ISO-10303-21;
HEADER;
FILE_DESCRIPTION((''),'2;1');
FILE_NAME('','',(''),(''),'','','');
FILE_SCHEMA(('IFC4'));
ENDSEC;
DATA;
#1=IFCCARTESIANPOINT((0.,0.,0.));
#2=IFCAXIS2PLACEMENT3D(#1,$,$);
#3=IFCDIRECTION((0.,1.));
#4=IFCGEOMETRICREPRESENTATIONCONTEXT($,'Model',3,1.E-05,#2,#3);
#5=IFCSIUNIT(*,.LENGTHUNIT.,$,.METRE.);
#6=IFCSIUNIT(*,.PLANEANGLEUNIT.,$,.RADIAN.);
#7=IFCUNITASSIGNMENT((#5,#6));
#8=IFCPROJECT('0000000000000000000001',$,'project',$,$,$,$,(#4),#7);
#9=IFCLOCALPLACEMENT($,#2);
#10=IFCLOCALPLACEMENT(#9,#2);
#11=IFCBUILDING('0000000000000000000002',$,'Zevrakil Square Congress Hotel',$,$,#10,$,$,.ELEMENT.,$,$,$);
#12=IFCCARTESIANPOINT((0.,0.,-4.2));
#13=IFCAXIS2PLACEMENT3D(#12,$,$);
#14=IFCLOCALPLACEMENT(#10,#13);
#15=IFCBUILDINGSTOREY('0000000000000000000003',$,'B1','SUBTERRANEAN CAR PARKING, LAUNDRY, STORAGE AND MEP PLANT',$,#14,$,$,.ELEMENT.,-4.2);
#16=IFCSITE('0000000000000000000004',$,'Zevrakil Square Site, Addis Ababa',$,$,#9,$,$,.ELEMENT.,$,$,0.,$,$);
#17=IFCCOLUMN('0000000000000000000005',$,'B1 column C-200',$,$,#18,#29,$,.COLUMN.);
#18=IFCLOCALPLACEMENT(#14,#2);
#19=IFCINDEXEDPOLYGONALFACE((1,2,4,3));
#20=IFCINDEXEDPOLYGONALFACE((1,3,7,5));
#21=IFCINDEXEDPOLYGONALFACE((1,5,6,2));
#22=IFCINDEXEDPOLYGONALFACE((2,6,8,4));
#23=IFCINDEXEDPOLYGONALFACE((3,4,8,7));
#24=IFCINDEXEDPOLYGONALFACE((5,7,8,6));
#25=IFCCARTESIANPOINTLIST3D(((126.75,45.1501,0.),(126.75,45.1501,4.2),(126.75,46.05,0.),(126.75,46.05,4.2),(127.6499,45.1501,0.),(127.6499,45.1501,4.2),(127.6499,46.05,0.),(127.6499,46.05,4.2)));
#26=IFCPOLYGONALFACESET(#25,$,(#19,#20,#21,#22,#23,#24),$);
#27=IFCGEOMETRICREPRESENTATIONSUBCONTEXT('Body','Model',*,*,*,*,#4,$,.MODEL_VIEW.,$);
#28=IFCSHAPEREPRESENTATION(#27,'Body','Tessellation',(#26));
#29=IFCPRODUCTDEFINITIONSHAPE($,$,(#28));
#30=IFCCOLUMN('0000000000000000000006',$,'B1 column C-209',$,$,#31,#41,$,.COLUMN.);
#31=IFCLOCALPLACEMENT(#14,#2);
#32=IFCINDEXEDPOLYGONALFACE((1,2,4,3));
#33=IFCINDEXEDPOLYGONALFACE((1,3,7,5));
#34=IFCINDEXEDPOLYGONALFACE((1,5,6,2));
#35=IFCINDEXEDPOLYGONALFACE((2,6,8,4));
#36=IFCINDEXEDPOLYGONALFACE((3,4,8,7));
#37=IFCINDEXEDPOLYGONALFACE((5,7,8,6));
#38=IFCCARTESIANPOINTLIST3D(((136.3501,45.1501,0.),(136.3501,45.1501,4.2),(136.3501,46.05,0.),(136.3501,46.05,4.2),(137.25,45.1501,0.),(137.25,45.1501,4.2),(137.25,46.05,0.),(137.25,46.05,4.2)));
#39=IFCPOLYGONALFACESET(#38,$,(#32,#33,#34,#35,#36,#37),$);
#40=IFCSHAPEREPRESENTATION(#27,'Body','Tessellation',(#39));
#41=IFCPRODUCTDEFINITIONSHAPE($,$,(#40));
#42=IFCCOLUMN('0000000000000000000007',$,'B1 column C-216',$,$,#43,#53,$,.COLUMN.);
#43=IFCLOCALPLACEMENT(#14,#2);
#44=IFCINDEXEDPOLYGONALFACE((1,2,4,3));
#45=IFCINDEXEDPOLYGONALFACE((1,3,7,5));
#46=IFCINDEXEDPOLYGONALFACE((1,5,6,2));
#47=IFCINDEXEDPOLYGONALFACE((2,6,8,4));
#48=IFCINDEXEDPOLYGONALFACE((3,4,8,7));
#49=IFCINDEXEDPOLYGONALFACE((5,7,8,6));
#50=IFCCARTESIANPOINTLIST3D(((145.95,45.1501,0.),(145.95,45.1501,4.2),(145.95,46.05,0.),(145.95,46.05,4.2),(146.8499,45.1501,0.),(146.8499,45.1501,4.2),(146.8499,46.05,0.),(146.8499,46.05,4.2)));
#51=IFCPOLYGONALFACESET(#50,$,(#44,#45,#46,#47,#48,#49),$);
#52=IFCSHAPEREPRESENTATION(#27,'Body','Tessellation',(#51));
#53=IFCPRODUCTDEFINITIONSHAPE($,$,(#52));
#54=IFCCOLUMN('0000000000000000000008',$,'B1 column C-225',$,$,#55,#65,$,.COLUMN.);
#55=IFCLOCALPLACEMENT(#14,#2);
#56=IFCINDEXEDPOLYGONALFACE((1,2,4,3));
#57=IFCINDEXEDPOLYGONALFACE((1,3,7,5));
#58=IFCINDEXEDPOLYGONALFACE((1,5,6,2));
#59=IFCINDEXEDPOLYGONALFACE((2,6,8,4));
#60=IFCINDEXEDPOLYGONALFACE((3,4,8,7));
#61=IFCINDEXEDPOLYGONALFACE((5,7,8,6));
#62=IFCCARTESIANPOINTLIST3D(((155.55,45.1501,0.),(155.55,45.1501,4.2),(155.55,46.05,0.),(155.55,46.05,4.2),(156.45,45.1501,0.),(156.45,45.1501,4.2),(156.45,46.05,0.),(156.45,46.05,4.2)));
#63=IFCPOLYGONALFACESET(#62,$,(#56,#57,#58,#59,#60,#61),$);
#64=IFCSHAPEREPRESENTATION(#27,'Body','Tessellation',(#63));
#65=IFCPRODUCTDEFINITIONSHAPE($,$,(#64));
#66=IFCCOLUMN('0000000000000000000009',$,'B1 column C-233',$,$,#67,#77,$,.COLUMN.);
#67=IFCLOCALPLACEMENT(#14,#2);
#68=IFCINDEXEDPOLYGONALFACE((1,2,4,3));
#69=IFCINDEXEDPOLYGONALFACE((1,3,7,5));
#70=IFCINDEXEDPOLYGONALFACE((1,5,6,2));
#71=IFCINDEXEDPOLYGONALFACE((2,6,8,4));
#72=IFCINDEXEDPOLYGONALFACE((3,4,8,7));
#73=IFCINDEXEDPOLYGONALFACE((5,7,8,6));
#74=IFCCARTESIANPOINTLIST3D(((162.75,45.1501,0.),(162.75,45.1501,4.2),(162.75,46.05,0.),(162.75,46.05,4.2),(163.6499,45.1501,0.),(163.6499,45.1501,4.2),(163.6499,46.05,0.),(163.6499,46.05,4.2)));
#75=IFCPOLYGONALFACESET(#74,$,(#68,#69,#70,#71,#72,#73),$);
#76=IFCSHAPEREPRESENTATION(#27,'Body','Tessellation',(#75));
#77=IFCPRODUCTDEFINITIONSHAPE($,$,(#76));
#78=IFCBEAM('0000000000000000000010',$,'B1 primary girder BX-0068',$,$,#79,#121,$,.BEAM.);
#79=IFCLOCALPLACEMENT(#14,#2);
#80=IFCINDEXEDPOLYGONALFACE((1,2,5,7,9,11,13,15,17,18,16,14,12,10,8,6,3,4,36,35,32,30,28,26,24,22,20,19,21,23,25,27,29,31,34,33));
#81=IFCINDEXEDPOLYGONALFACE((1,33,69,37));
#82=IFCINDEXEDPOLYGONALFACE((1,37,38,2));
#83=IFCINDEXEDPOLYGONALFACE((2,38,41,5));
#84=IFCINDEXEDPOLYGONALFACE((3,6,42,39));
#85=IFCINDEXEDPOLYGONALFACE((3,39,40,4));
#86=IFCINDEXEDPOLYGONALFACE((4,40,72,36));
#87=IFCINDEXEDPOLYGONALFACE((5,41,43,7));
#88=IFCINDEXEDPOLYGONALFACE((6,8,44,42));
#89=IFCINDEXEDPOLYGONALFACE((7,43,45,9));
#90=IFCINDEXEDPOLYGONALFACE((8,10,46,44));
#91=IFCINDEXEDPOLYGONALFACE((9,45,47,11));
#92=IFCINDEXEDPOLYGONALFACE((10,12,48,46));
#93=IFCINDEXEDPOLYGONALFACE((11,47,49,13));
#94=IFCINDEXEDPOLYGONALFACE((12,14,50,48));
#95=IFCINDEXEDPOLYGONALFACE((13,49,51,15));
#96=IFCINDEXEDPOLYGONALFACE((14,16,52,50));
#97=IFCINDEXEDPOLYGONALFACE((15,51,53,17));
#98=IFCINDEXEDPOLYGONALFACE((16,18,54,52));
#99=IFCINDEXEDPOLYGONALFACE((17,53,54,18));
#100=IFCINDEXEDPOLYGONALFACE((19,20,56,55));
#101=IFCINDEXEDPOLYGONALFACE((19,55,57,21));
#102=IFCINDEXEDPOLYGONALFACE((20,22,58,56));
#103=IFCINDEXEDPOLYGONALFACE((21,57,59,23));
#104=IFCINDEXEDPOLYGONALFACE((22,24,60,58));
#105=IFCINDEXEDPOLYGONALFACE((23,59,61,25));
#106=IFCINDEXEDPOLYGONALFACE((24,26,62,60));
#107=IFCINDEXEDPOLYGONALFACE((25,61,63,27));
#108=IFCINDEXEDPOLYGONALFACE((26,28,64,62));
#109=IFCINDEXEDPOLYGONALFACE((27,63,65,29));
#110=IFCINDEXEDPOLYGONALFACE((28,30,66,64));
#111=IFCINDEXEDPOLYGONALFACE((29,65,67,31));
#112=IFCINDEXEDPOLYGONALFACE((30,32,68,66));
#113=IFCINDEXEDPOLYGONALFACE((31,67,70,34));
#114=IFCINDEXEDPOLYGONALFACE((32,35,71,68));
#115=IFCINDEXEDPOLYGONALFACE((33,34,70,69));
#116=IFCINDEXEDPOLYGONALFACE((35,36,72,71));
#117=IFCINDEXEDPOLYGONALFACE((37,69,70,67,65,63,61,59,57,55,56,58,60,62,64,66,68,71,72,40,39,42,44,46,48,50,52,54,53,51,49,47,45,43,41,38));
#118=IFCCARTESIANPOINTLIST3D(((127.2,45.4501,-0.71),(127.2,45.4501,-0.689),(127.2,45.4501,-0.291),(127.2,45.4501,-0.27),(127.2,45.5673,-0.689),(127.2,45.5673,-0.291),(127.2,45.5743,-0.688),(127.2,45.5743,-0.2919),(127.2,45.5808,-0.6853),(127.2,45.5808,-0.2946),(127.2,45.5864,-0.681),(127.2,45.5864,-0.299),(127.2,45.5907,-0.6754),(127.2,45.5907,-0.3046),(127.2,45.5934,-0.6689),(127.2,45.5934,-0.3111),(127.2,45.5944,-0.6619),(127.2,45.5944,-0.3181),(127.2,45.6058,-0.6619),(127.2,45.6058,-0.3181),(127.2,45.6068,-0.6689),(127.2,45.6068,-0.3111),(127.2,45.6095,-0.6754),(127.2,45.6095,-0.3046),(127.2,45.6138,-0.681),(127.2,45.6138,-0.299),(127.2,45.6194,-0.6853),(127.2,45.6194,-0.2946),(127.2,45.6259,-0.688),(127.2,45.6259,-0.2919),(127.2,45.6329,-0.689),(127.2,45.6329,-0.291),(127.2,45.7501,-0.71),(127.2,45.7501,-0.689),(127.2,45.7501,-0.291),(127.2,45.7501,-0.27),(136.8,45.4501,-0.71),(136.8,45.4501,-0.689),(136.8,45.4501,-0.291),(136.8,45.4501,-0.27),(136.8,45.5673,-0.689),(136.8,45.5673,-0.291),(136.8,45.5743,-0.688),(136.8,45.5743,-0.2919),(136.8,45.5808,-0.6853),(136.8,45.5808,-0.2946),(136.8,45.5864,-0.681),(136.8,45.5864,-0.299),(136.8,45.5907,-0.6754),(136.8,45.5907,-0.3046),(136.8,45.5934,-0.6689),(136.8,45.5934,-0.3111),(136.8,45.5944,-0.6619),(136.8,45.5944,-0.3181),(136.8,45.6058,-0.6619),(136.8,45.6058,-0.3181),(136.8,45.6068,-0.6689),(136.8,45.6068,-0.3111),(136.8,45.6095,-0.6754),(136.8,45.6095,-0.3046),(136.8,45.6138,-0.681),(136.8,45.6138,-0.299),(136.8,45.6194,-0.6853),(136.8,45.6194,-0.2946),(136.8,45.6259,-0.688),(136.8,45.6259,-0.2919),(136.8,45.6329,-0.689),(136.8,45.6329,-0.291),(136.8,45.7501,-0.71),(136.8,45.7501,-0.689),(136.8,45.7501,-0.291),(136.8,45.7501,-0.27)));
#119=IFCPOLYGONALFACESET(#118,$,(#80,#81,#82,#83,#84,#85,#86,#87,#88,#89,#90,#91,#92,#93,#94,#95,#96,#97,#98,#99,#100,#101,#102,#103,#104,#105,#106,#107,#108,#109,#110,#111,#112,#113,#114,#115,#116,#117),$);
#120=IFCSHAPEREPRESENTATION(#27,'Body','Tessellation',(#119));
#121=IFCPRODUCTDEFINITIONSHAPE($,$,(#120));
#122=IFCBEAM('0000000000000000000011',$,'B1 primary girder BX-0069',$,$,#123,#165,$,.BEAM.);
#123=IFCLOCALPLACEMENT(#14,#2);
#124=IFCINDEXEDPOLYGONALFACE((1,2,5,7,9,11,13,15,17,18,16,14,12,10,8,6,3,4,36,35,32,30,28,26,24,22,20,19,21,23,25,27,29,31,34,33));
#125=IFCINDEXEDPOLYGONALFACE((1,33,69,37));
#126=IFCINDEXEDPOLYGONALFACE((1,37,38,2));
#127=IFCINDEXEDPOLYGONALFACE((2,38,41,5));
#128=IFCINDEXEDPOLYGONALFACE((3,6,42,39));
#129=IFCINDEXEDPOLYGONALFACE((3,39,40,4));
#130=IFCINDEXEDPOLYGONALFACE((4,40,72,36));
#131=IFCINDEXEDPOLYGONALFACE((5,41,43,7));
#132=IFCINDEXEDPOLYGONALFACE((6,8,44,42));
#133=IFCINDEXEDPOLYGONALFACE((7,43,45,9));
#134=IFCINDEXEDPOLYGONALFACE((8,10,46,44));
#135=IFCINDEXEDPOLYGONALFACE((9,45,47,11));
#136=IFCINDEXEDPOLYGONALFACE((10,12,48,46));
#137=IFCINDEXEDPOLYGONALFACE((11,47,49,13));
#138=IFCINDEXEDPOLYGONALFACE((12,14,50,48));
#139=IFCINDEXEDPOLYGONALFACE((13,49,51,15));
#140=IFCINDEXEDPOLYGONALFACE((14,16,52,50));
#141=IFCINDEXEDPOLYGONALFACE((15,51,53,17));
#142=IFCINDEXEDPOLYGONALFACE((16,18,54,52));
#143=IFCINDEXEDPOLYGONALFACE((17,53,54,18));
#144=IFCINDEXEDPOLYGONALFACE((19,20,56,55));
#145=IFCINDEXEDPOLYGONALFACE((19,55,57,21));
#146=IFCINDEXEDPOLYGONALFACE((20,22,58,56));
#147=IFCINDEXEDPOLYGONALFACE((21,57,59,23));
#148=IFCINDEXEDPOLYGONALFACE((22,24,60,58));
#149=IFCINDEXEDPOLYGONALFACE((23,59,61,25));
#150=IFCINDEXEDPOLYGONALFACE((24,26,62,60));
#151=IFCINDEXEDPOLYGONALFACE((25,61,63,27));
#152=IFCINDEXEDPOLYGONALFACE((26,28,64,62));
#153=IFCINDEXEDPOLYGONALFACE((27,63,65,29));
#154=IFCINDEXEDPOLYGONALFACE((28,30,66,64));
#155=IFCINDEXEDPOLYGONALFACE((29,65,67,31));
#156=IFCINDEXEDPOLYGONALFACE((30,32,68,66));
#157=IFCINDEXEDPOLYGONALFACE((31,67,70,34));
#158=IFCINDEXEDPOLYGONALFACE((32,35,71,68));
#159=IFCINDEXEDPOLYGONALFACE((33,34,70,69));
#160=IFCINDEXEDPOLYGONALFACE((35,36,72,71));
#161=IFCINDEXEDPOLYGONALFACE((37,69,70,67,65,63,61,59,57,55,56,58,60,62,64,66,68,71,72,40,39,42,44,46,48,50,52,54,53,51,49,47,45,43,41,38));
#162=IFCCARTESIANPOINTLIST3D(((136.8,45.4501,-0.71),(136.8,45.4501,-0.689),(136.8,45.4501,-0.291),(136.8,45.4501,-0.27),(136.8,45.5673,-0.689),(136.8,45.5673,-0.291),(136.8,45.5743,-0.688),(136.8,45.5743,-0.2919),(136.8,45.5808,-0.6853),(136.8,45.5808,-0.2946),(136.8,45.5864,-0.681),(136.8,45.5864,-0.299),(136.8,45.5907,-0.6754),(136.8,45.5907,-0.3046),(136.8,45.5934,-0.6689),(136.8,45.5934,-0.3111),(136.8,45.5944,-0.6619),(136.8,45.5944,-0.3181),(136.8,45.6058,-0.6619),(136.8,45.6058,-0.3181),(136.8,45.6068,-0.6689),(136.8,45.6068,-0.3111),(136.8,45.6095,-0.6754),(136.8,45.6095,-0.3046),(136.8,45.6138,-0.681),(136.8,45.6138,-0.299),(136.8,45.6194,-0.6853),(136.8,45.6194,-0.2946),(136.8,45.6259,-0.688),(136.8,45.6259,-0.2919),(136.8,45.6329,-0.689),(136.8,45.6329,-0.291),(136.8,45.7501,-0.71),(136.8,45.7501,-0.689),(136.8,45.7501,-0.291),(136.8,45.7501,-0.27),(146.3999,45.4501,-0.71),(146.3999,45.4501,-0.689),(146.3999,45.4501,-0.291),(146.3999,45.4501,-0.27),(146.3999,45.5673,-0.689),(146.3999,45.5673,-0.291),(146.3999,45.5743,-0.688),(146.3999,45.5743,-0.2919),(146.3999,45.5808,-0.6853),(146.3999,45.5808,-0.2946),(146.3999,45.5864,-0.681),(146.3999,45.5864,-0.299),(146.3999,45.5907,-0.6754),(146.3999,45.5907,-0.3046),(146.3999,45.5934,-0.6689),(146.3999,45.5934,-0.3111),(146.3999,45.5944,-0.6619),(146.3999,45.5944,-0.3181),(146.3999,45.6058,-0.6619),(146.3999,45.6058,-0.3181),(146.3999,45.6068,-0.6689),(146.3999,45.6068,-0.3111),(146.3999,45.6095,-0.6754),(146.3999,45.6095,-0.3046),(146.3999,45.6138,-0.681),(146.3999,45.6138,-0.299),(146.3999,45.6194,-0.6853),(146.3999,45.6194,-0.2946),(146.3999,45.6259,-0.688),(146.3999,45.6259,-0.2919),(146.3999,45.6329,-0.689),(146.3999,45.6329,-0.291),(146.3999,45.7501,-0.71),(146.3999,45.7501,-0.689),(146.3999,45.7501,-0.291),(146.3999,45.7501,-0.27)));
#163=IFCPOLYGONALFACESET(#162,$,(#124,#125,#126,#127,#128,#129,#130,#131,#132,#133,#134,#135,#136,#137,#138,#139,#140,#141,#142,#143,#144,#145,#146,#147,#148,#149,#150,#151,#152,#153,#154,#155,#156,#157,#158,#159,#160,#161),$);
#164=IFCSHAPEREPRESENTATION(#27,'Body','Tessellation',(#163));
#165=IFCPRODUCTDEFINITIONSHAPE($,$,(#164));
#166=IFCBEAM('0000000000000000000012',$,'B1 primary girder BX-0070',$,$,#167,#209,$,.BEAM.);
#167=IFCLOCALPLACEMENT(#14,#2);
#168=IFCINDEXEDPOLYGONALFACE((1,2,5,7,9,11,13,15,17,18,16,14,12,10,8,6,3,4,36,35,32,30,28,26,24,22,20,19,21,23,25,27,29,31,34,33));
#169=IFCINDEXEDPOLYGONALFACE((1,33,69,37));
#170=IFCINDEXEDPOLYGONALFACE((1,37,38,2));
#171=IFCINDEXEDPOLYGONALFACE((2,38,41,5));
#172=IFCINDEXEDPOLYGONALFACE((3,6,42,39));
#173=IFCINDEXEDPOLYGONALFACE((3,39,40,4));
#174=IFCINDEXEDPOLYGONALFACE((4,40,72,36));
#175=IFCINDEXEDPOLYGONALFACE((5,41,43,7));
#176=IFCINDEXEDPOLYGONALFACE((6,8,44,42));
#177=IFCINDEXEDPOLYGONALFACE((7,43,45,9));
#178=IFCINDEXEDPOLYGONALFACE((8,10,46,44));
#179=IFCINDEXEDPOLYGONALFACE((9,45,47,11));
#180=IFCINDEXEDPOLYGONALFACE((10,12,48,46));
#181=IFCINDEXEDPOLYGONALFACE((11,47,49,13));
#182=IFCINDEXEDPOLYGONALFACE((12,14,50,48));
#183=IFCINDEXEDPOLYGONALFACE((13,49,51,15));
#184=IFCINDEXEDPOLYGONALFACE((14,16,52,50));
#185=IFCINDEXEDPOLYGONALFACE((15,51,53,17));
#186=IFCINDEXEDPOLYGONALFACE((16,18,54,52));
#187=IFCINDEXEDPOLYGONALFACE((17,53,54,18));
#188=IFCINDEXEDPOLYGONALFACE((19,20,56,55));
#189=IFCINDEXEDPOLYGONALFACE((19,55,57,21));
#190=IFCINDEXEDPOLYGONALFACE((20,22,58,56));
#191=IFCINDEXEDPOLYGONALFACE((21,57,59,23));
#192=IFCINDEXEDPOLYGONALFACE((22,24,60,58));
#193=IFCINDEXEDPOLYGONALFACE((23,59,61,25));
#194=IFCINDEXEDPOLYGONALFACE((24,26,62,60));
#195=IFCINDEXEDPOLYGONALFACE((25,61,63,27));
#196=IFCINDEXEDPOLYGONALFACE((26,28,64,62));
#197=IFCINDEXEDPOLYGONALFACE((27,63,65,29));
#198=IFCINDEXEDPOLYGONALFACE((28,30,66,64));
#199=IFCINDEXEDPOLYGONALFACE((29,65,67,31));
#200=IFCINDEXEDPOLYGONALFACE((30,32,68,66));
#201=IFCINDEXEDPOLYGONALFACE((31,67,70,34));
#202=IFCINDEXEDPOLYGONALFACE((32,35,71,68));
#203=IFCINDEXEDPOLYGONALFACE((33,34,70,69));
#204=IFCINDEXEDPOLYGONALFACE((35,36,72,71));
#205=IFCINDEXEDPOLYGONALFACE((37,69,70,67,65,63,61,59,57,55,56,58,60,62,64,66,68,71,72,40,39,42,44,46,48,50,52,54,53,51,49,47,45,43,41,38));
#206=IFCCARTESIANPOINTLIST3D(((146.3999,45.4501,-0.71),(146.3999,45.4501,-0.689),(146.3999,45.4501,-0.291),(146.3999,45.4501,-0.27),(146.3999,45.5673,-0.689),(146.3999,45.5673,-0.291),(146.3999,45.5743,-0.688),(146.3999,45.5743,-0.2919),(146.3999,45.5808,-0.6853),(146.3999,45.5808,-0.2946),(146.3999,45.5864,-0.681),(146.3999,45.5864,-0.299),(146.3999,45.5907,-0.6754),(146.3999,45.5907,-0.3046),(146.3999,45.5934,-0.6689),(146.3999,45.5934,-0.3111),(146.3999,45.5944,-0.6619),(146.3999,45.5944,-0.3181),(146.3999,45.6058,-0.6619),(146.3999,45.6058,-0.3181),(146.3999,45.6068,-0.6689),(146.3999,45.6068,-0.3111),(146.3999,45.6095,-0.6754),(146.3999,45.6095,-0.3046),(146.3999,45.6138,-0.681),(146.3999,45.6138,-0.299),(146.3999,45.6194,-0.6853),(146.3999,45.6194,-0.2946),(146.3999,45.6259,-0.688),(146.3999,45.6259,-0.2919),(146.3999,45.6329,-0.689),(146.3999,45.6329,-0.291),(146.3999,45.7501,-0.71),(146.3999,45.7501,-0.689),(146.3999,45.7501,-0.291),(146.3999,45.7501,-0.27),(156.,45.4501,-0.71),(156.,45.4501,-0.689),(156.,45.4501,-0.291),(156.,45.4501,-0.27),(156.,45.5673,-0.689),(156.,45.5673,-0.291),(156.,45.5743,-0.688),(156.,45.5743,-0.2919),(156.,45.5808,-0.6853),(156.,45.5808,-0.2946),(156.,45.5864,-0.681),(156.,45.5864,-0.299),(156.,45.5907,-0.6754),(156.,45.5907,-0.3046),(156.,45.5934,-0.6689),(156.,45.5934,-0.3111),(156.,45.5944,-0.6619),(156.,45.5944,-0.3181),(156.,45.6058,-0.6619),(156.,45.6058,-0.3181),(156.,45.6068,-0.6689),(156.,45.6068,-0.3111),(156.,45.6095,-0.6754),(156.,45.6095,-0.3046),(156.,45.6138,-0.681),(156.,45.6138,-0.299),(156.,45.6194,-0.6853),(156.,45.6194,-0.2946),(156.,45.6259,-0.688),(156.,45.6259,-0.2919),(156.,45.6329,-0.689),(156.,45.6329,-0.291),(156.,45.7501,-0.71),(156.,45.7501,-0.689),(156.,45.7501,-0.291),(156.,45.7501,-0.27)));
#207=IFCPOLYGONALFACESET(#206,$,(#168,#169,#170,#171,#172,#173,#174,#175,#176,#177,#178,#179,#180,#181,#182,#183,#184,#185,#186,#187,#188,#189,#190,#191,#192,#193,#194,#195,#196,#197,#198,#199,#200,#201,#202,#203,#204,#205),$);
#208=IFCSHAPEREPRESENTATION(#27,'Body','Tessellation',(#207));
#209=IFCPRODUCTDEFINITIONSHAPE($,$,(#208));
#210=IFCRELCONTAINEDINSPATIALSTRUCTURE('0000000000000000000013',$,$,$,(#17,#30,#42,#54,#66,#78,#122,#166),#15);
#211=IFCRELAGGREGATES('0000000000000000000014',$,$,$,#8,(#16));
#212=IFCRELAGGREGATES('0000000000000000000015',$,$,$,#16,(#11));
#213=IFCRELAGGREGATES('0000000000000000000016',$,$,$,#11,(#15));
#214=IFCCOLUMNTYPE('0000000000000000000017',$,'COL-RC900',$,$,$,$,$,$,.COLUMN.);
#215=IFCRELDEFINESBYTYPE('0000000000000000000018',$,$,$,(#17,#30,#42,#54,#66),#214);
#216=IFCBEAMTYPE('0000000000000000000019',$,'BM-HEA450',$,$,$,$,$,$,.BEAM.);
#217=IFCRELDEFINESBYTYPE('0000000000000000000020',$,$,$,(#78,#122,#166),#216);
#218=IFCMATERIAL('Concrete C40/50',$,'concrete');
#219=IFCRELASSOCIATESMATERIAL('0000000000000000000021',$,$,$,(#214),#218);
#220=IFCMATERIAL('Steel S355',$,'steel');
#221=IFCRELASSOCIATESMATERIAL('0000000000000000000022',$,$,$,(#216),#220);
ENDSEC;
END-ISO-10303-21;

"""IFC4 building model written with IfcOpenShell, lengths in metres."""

from ifc_helpers import new_model, si_unit, direction, frame, origin, origin_2d, place, context, subcontext, project, spatial, rectangle, i_section, extrude, material, material_profile, profile_set, type_object, element, save


model = new_model("IFC4")

# Units and contexts
model_context = context("Model", 3, precision=1e-05, world=origin(), true_north=direction((0.0, 1.0)))
body_context = subcontext(model_context, "Body", "Model", "MODEL_VIEW")
ifc_project = project(units=[si_unit("LENGTHUNIT", "METRE"), si_unit("PLANEANGLEUNIT", "RADIAN")], contexts=[model_context])

# Site, building, storey
site_placement = place(None, origin())
site = spatial("IfcSite", under=ifc_project, at=site_placement, Name="Zevrakil Square Site, Addis Ababa", CompositionType="ELEMENT", RefElevation=0.0)
building_placement = place(site_placement, origin())
building = spatial("IfcBuilding", under=site, at=building_placement, Name="Zevrakil Square Congress Hotel", CompositionType="ELEMENT")
storey_placement = place(building_placement, frame((0.0, 0.0, -4.2)))
storey = spatial("IfcBuildingStorey", under=building, at=storey_placement, Name="B1", Description="SUBTERRANEAN CAR PARKING, LAUNDRY, STORAGE AND MEP PLANT", CompositionType="ELEMENT", Elevation=-4.2)

# Columns
ifc_material_1 = material(Name="Concrete C40/50", Category="concrete")
ifc_material_profile_1 = material_profile(ifc_material_1, rectangle(XDim=0.8999, YDim=0.8999, at=origin_2d()), Name="RC 900x900")
ifc_profile_set_1 = profile_set([ifc_material_profile_1], Name="Concrete C40/50")
column_type_1 = type_object("IfcColumnType", Name="COL-RC900", PredefinedType="COLUMN", material=ifc_profile_set_1)
for number, where, z_axis, x_axis, name in (
    (1, (127.2, 45.6001, 0.0), (0.0, 0.0, 1.0), (1.0, 0.0, 0.0), "B1 column C-200"),
    (2, (136.8, 45.6001, 0.0), (0.0, 0.0, 1.0), (1.0, 0.0, 0.0), "B1 column C-209"),
    (3, (146.3999, 45.6001, 0.0), (0.0, 0.0, 1.0), (1.0, 0.0, 0.0), "B1 column C-216"),
    (4, (156.0, 45.6001, 0.0), (0.0, 0.0, 1.0), (1.0, 0.0, 0.0), "B1 column C-225"),
    (5, (163.2, 45.6001, 0.0), (0.0, 0.0, 1.0), (1.0, 0.0, 0.0), "B1 column C-233"),
):
    element("IfcColumn", number, at=place(storey_placement, frame(where, z_axis=z_axis, x_axis=x_axis)), inside=storey, type_object=column_type_1, Name=name, PredefinedType="COLUMN", context=body_context, shape_type="SweptSolid", body=[
        extrude(rectangle(XDim=0.8999, YDim=0.8999, at=origin_2d()), origin(), (0.0, 0.0, 1.0), 4.2),
    ])

# Beams
ifc_material_2 = material(Name="Steel S355", Category="steel")
ifc_material_profile_2 = material_profile(ifc_material_2, i_section(OverallWidth=0.3, OverallDepth=0.4399, WebThickness=0.0115, FlangeThickness=0.021, FilletRadius=0.0271, at=origin_2d()), Name="HEA 450")
ifc_profile_set_2 = profile_set([ifc_material_profile_2], Name="Steel S355")
beam_type_1 = type_object("IfcBeamType", Name="BM-HEA450", PredefinedType="BEAM", material=ifc_profile_set_2)
beam_1_placement = place(storey_placement, frame((127.2, 45.6001, -0.49), z_axis=(1.0, 0.0, 0.0), x_axis=(0.0, 1.0, 0.0)))
element("IfcBeam", 6, at=beam_1_placement, inside=storey, type_object=beam_type_1, Name="B1 primary girder BX-0068", PredefinedType="BEAM", context=body_context, shape_type="SweptSolid", body=[
    extrude(i_section(OverallWidth=0.3, OverallDepth=0.4399, WebThickness=0.0115, FlangeThickness=0.021, FilletRadius=0.0271, at=origin_2d()), origin(), (0.0, 0.0, 1.0), 9.6001),
])
beam_2_placement = place(storey_placement, frame((136.8, 45.6001, -0.49), z_axis=(1.0, 0.0, 0.0), x_axis=(0.0, 1.0, 0.0)))
element("IfcBeam", 7, at=beam_2_placement, inside=storey, type_object=beam_type_1, Name="B1 primary girder BX-0069", PredefinedType="BEAM", context=body_context, shape_type="SweptSolid", body=[
    extrude(i_section(OverallWidth=0.3, OverallDepth=0.4399, WebThickness=0.0115, FlangeThickness=0.021, FilletRadius=0.0271, at=origin_2d()), origin(), (0.0, 0.0, 1.0), 9.5999),
])
beam_3_placement = place(storey_placement, frame((146.3999, 45.6001, -0.49), z_axis=(1.0, 0.0, 0.0), x_axis=(0.0, 1.0, 0.0)))
element("IfcBeam", 8, at=beam_3_placement, inside=storey, type_object=beam_type_1, Name="B1 primary girder BX-0070", PredefinedType="BEAM", context=body_context, shape_type="SweptSolid", body=[
    extrude(i_section(OverallWidth=0.3, OverallDepth=0.4399, WebThickness=0.0115, FlangeThickness=0.021, FilletRadius=0.0271, at=origin_2d()), origin(), (0.0, 0.0, 1.0), 9.6001),
])

save(model, "model.ifc")
